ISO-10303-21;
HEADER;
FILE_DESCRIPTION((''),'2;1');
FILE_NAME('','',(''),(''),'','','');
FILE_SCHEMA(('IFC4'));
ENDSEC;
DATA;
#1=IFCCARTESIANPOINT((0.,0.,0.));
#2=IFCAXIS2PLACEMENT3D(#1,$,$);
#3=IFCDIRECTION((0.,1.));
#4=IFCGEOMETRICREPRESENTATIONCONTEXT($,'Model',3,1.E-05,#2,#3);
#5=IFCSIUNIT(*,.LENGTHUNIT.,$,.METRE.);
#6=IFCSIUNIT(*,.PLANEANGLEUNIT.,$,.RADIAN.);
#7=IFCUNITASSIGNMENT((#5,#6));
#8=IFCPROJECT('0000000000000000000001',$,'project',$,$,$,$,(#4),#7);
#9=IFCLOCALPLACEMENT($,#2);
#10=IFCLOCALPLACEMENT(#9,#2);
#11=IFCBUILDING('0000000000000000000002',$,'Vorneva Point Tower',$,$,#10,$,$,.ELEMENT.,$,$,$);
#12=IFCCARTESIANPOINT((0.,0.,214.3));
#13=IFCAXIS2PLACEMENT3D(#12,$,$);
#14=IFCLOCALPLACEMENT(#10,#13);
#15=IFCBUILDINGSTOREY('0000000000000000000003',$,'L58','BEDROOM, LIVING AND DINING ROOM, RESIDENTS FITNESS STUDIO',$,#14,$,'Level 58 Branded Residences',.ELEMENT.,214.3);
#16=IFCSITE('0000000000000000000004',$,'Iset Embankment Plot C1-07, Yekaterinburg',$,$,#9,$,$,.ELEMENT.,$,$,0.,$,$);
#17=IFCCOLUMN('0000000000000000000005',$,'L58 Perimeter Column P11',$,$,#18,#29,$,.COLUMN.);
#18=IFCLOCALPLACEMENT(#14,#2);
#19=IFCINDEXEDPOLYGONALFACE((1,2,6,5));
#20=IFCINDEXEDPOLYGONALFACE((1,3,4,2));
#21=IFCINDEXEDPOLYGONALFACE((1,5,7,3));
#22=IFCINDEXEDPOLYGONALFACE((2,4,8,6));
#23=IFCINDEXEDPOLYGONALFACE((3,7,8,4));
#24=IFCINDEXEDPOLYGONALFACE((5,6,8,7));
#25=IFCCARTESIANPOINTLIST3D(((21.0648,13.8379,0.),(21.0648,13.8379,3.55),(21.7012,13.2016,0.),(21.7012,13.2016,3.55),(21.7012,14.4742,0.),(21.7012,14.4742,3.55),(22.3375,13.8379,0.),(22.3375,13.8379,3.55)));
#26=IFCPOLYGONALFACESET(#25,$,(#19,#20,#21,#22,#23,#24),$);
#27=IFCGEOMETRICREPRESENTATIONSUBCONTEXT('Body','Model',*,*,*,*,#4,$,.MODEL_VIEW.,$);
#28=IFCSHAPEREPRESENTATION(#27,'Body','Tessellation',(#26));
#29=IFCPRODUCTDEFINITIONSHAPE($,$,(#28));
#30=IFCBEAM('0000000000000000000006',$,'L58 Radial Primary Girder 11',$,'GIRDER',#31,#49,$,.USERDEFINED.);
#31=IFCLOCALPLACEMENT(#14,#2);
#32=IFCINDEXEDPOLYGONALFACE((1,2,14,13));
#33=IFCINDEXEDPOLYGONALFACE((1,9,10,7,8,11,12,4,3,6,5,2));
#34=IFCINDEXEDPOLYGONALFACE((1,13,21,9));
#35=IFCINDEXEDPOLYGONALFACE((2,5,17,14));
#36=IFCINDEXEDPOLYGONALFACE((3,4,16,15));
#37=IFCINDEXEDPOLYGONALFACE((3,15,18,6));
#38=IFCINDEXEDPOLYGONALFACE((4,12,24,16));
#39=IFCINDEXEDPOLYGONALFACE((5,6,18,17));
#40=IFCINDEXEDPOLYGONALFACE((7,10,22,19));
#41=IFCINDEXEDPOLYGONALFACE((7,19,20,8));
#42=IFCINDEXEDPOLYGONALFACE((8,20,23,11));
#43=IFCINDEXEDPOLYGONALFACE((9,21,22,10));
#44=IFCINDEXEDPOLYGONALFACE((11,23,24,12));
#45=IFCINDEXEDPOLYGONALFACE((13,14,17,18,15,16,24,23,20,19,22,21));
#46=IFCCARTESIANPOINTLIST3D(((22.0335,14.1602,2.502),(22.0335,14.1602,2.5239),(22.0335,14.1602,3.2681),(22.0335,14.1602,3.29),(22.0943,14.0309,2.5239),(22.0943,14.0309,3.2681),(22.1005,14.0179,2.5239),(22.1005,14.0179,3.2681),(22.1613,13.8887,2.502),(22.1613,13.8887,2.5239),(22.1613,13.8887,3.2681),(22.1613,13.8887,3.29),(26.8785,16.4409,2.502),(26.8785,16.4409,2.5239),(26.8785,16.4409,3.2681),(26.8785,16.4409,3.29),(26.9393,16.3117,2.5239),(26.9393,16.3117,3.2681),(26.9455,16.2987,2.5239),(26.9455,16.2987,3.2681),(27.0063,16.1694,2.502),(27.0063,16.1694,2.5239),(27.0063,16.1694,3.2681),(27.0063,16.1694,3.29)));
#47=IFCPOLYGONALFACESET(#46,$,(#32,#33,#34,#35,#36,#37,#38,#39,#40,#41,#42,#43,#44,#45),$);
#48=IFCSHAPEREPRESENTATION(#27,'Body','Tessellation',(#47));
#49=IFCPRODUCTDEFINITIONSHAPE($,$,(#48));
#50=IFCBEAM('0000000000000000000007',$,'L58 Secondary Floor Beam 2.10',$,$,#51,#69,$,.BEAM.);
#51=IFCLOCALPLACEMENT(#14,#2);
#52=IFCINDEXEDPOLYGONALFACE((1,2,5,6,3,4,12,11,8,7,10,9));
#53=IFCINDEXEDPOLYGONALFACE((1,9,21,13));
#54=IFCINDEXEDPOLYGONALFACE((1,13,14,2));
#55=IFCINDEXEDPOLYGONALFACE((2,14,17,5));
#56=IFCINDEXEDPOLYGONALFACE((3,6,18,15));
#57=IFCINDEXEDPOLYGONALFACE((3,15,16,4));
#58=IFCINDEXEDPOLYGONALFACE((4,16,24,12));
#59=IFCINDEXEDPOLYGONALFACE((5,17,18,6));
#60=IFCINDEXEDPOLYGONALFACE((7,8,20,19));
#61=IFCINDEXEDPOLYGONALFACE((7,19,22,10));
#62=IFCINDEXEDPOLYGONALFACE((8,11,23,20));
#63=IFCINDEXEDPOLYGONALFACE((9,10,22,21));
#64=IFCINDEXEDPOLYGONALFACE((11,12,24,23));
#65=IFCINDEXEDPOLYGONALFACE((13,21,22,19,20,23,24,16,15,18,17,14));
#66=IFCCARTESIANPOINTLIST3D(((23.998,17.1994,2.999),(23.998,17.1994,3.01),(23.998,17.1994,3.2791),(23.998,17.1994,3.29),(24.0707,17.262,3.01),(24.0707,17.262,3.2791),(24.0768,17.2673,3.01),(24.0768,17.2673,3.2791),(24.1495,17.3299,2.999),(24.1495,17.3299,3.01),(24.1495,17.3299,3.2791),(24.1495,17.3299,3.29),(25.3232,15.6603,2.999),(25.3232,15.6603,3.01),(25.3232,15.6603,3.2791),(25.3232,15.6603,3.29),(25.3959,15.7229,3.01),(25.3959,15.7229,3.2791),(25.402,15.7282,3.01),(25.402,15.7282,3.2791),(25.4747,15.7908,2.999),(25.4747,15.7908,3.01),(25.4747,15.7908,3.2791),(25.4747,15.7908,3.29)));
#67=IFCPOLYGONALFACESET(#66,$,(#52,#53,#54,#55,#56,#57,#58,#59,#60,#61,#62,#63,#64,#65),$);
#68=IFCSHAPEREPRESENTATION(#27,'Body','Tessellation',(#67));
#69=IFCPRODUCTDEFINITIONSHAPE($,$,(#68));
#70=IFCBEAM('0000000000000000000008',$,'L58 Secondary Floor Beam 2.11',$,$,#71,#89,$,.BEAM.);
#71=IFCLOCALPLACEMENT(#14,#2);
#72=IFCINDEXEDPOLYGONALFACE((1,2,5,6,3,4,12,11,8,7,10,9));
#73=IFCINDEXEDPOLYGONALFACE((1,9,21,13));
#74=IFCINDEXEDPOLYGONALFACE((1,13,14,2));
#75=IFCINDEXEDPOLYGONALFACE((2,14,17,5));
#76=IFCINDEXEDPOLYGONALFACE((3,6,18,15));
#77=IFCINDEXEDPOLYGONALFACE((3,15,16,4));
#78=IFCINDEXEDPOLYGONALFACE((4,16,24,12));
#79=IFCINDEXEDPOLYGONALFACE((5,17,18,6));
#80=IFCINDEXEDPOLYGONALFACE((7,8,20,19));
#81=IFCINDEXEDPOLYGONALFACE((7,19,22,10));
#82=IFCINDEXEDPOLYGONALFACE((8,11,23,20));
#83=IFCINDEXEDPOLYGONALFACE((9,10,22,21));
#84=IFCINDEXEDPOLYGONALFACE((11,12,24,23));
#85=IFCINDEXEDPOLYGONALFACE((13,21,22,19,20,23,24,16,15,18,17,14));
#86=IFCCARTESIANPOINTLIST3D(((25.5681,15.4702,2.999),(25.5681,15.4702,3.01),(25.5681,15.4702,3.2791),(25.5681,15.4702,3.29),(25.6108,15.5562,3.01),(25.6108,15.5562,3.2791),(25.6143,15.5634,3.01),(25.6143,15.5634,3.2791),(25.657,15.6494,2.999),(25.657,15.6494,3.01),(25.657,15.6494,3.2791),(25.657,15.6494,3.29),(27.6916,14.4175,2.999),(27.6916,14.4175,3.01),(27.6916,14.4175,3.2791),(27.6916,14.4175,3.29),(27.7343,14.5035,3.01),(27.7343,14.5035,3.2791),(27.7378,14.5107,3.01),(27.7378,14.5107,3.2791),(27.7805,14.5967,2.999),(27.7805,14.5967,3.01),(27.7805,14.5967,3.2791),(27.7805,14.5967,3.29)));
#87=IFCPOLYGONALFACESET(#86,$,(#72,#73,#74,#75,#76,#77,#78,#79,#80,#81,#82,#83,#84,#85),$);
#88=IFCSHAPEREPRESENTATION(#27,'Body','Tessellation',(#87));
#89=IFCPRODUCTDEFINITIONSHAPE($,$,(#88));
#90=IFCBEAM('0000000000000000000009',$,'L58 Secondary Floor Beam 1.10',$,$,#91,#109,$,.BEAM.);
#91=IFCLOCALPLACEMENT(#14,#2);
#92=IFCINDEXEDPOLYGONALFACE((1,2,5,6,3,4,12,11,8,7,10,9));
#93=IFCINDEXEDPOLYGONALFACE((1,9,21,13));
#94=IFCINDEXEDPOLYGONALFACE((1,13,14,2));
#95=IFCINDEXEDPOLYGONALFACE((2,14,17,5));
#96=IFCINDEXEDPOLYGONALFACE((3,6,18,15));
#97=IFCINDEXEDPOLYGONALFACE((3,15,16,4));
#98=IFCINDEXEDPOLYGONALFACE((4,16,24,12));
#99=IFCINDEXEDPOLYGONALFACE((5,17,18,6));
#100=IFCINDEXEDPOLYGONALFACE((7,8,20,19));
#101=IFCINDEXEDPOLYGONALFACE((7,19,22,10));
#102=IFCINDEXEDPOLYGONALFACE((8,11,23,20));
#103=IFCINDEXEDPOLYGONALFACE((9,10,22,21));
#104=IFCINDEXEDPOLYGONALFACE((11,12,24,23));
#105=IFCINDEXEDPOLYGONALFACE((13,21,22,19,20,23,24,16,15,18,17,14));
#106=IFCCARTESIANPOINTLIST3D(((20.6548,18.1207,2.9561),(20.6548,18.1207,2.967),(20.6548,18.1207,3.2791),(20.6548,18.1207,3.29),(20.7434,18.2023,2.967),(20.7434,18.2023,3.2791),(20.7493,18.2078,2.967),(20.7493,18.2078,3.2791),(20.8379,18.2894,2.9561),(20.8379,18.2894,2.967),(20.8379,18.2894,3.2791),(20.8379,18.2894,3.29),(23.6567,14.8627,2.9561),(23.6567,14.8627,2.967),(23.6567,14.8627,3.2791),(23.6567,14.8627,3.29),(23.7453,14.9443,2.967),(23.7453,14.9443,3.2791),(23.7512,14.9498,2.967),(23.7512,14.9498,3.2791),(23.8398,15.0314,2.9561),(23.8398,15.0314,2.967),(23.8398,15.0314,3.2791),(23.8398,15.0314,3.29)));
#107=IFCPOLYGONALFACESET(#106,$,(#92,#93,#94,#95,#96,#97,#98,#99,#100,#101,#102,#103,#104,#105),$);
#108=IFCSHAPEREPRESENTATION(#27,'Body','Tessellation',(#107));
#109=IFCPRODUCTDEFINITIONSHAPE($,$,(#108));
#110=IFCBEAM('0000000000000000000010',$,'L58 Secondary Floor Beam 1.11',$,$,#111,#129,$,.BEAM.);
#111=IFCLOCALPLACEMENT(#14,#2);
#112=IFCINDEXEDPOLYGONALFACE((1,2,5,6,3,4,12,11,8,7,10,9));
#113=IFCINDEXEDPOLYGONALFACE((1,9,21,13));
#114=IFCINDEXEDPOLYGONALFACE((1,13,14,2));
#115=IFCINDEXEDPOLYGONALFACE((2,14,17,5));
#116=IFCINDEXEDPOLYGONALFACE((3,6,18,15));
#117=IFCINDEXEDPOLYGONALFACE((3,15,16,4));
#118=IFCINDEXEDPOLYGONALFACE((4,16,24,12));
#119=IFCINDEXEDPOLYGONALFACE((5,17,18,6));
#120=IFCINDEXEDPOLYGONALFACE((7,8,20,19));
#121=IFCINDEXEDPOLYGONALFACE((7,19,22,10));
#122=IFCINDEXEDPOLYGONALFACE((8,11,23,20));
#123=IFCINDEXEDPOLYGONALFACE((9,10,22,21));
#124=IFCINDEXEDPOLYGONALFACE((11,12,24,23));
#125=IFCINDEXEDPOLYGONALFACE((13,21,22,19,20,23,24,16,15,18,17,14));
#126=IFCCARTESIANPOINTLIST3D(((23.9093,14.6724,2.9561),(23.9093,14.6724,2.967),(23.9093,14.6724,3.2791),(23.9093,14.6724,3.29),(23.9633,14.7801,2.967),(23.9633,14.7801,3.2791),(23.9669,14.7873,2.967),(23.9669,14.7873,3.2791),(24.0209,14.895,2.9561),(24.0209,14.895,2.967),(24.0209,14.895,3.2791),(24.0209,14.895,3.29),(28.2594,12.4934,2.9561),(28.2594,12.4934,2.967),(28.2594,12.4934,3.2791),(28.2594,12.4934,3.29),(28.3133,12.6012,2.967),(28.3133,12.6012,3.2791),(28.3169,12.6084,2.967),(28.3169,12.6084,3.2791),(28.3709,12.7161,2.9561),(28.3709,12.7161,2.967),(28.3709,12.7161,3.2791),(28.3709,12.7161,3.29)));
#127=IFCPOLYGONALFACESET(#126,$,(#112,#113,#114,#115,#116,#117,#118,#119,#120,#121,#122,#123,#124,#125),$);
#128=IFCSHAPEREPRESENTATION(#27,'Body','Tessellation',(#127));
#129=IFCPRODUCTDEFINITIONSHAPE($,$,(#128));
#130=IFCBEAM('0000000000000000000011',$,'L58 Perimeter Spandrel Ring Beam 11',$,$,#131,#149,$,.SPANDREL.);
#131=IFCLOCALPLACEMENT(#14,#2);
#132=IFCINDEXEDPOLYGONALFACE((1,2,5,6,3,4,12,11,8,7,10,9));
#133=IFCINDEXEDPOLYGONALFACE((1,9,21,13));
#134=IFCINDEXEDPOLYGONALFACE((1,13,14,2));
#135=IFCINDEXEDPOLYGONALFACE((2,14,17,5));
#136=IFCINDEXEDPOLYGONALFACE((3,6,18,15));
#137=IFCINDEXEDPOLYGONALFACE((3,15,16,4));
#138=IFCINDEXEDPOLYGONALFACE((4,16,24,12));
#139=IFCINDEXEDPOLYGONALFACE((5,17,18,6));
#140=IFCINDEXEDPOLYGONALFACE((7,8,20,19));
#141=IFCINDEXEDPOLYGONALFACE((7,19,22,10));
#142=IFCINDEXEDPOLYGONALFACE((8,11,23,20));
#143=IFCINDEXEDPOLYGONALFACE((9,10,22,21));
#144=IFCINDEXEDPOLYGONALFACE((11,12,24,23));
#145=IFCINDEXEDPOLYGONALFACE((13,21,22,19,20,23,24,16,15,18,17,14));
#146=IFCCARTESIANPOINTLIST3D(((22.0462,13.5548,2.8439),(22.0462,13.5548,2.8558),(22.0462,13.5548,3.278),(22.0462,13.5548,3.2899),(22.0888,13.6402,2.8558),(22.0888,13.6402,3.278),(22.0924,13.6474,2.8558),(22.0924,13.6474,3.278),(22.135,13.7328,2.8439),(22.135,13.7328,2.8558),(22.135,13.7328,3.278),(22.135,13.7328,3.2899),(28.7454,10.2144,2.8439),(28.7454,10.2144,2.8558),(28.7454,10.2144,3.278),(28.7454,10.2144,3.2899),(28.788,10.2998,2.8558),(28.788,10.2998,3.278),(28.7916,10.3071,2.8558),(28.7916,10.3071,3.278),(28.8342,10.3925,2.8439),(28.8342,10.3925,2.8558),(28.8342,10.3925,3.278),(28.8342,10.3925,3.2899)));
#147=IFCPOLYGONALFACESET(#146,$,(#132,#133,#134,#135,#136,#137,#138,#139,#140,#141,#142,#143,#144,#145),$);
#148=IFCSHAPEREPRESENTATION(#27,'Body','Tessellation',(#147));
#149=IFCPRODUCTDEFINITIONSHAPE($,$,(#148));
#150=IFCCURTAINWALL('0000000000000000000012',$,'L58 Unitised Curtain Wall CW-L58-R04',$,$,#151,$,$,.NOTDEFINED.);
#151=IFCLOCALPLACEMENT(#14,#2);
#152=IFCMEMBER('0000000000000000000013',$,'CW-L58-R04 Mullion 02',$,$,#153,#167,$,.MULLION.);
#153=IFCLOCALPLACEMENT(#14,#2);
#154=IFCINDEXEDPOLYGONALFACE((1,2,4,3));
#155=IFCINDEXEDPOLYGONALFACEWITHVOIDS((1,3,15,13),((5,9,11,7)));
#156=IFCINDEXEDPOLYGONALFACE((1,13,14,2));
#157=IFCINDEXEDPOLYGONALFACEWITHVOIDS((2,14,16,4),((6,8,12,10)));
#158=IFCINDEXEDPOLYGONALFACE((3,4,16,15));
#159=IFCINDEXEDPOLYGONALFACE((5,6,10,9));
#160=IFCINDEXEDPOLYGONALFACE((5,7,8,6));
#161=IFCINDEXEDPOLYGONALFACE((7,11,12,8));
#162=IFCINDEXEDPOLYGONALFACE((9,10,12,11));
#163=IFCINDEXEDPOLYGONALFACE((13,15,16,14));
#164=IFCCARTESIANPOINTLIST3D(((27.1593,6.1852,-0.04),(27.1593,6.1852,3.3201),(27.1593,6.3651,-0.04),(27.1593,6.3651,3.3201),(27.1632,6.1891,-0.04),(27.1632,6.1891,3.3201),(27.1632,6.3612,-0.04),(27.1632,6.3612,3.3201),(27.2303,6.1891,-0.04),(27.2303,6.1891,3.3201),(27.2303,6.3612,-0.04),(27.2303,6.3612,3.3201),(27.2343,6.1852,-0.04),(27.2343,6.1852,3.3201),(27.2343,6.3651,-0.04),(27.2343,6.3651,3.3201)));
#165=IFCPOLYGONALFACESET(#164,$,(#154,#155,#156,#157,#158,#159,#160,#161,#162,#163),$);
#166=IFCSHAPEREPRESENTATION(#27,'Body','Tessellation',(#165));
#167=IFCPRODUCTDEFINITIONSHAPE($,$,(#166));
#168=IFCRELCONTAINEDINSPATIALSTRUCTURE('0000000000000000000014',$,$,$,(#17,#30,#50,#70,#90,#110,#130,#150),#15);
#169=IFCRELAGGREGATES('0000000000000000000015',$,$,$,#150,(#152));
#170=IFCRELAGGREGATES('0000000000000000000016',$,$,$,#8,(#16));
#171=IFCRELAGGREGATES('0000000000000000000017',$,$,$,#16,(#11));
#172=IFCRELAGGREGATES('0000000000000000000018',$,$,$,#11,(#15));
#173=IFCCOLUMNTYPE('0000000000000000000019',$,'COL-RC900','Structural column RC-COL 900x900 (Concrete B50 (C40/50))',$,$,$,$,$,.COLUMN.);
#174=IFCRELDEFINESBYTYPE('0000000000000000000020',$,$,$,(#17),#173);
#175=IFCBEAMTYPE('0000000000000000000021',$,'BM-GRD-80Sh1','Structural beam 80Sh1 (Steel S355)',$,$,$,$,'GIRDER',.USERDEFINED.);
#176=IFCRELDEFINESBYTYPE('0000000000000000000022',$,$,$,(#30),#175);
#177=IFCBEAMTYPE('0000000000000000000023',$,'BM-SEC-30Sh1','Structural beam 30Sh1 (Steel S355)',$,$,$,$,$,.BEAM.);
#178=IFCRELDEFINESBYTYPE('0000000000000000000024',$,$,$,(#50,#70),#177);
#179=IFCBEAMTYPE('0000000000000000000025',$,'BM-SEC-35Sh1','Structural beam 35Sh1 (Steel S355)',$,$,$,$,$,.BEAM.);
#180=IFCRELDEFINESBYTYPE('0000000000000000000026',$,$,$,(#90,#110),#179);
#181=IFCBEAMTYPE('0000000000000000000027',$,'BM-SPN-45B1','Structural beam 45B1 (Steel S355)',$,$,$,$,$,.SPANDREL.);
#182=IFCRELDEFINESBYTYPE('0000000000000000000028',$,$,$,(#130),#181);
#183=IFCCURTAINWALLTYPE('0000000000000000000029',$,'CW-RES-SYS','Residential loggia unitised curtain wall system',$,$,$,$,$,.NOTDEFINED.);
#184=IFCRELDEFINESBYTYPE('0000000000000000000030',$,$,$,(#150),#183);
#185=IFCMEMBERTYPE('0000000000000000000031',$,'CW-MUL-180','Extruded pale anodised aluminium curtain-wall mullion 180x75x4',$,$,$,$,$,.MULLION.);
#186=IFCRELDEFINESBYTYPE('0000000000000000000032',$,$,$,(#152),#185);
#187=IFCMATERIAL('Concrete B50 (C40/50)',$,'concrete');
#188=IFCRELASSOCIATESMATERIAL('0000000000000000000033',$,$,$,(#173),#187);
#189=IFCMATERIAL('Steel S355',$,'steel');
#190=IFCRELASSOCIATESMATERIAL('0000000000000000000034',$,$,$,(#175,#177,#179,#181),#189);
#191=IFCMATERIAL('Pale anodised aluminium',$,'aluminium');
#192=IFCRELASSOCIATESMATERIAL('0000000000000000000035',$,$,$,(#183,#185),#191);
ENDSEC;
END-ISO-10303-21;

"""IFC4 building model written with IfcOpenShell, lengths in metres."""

from ifc_helpers import new_model, si_unit, direction, frame, origin, origin_2d, place, context, subcontext, project, spatial, rectangle, hollow_rectangle, i_section, extrude, material, material_profile, profile_set, type_object, element, aggregate, save


model = new_model("IFC4")

# Units and contexts
model_context = context("Model", 3, precision=1e-05, world=origin(), true_north=direction((0.0, 1.0)))
body_context = subcontext(model_context, "Body", "Model", "MODEL_VIEW")
ifc_project = project(units=[si_unit("LENGTHUNIT", "METRE"), si_unit("PLANEANGLEUNIT", "RADIAN")], contexts=[model_context])

# Site, building, storey
site_placement = place(None, origin())
site = spatial("IfcSite", under=ifc_project, at=site_placement, Name="Iset Embankment Plot C1-07, Yekaterinburg", CompositionType="ELEMENT", RefElevation=0.0)
building_placement = place(site_placement, origin())
building = spatial("IfcBuilding", under=site, at=building_placement, Name="Vorneva Point Tower", CompositionType="ELEMENT")
storey_placement = place(building_placement, frame((0.0, 0.0, 214.3)))
storey = spatial("IfcBuildingStorey", under=building, at=storey_placement, Name="L58", Description="BEDROOM, LIVING AND DINING ROOM, RESIDENTS FITNESS STUDIO", LongName="Level 58 Branded Residences", CompositionType="ELEMENT", Elevation=214.3)

# Column
ifc_material_1 = material(Name="Concrete B50 (C40/50)", Category="concrete")
ifc_material_profile_1 = material_profile(ifc_material_1, rectangle(XDim=0.8999, YDim=0.8999, at=origin_2d()), Name="RC-COL 900x900")
ifc_profile_set_1 = profile_set([ifc_material_profile_1], Name="Concrete B50 (C40/50)")
column_type = type_object("IfcColumnType", Name="COL-RC900", Description="Structural column RC-COL 900x900 (Concrete B50 (C40/50))", PredefinedType="COLUMN", material=ifc_profile_set_1)
column_placement = place(storey_placement, frame((21.7012, 13.8379, 0.0), z_axis=(0.0, 0.0, 1.0), x_axis=(-0.707107, -0.707107, 0.0)))
element("IfcColumn", 1, at=column_placement, inside=storey, type_object=column_type, Name="L58 Perimeter Column P11", PredefinedType="COLUMN", context=body_context, shape_type="SweptSolid", body=[
    extrude(rectangle(XDim=0.8999, YDim=0.8999, at=origin_2d()), origin(), (0.0, 0.0, 1.0), 3.55),
])

# Beams
ifc_material_2 = material(Name="Steel S355", Category="steel")
ifc_material_profile_2 = material_profile(ifc_material_2, i_section(OverallWidth=0.3, OverallDepth=0.7881, WebThickness=0.0144, FlangeThickness=0.022, at=origin_2d()), Name="80Sh1")
ifc_profile_set_2 = profile_set([ifc_material_profile_2], Name="Steel S355")
beam_type_1 = type_object("IfcBeamType", Name="BM-GRD-80Sh1", Description="Structural beam 80Sh1 (Steel S355)", ElementType="GIRDER", PredefinedType="USERDEFINED", material=ifc_profile_set_2)
beam_1_placement = place(storey_placement, frame((22.0974, 14.0244, 2.896), z_axis=(0.904763, 0.425916, 0.0), x_axis=(-0.425916, 0.904763, 0.0)))
element("IfcBeam", 2, at=beam_1_placement, inside=storey, type_object=beam_type_1, Name="L58 Radial Primary Girder 11", ObjectType="GIRDER", PredefinedType="USERDEFINED", context=body_context, shape_type="SweptSolid", body=[
    extrude(i_section(OverallWidth=0.3, OverallDepth=0.7881, WebThickness=0.0144, FlangeThickness=0.022, at=origin_2d()), origin(), (0.0, 0.0, 1.0), 5.355),
])
ifc_material_profile_3 = material_profile(ifc_material_2, i_section(OverallWidth=0.2, OverallDepth=0.291, WebThickness=0.0081, FlangeThickness=0.011, at=origin_2d()), Name="30Sh1")
ifc_profile_set_3 = profile_set([ifc_material_profile_3], Name="Steel S355")
beam_type_2 = type_object("IfcBeamType", Name="BM-SEC-30Sh1", Description="Structural beam 30Sh1 (Steel S355)", PredefinedType="BEAM", material=ifc_profile_set_3)
beam_2_placement = place(storey_placement, frame((24.0737, 17.2646, 3.1445), z_axis=(0.652492, -0.757795, 0.0), x_axis=(0.757795, 0.652492, 0.0)))
element("IfcBeam", 3, at=beam_2_placement, inside=storey, type_object=beam_type_2, Name="L58 Secondary Floor Beam 2.10", PredefinedType="BEAM", context=body_context, shape_type="SweptSolid", body=[
    extrude(i_section(OverallWidth=0.2, OverallDepth=0.291, WebThickness=0.0081, FlangeThickness=0.011, at=origin_2d()), origin(), (0.0, 0.0, 1.0), 2.031),
])
beam_3_placement = place(storey_placement, frame((25.6125, 15.5598, 3.1445), z_axis=(0.895946, -0.444162, 0.0), x_axis=(0.444162, 0.895946, 0.0)))
element("IfcBeam", 4, at=beam_3_placement, inside=storey, type_object=beam_type_2, Name="L58 Secondary Floor Beam 2.11", PredefinedType="BEAM", context=body_context, shape_type="SweptSolid", body=[
    extrude(i_section(OverallWidth=0.2, OverallDepth=0.291, WebThickness=0.0081, FlangeThickness=0.011, at=origin_2d()), origin(), (0.0, 0.0, 1.0), 2.3701),
])
ifc_material_profile_4 = material_profile(ifc_material_2, i_section(OverallWidth=0.249, OverallDepth=0.334, WebThickness=0.0081, FlangeThickness=0.011, at=origin_2d()), Name="35Sh1")
ifc_profile_set_4 = profile_set([ifc_material_profile_4], Name="Steel S355")
beam_type_3 = type_object("IfcBeamType", Name="BM-SEC-35Sh1", Description="Structural beam 35Sh1 (Steel S355)", PredefinedType="BEAM", material=ifc_profile_set_4)
beam_4_placement = place(storey_placement, frame((20.7463, 18.2051, 3.123), z_axis=(0.677611, -0.73542, 0.0), x_axis=(0.73542, 0.677611, 0.0)))
element("IfcBeam", 5, at=beam_4_placement, inside=storey, type_object=beam_type_3, Name="L58 Secondary Floor Beam 1.10", PredefinedType="BEAM", context=body_context, shape_type="SweptSolid", body=[
    extrude(i_section(OverallWidth=0.249, OverallDepth=0.334, WebThickness=0.0081, FlangeThickness=0.011, at=origin_2d()), origin(), (0.0, 0.0, 1.0), 4.4302),
])
beam_5_placement = place(storey_placement, frame((23.9651, 14.7837, 3.123), z_axis=(0.894106, -0.447856, 0.0), x_axis=(0.447856, 0.894106, 0.0)))
element("IfcBeam", 6, at=beam_5_placement, inside=storey, type_object=beam_type_3, Name="L58 Secondary Floor Beam 1.11", PredefinedType="BEAM", context=body_context, shape_type="SweptSolid", body=[
    extrude(i_section(OverallWidth=0.249, OverallDepth=0.334, WebThickness=0.0081, FlangeThickness=0.011, at=origin_2d()), origin(), (0.0, 0.0, 1.0), 4.8652),
])
ifc_material_profile_5 = material_profile(ifc_material_2, i_section(OverallWidth=0.199, OverallDepth=0.446, WebThickness=0.0081, FlangeThickness=0.012, at=origin_2d()), Name="45B1")
ifc_profile_set_5 = profile_set([ifc_material_profile_5], Name="Steel S355")
beam_type_4 = type_object("IfcBeamType", Name="BM-SPN-45B1", Description="Structural beam 45B1 (Steel S355)", PredefinedType="SPANDREL", material=ifc_profile_set_5)
beam_6_placement = place(storey_placement, frame((22.0906, 13.6438, 3.0669), z_axis=(0.894922, -0.446222, 0.0), x_axis=(0.446222, 0.894922, 0.0)))
element("IfcBeam", 7, at=beam_6_placement, inside=storey, type_object=beam_type_4, Name="L58 Perimeter Spandrel Ring Beam 11", PredefinedType="SPANDREL", context=body_context, shape_type="SweptSolid", body=[
    extrude(i_section(OverallWidth=0.199, OverallDepth=0.446, WebThickness=0.0081, FlangeThickness=0.012, at=origin_2d()), origin(), (0.0, 0.0, 1.0), 7.4858),
])

# Curtain wall, member
ifc_material_3 = material(Name="Pale anodised aluminium", Category="aluminium")
curtain_wall_type = type_object("IfcCurtainWallType", Name="CW-RES-SYS", Description="Residential loggia unitised curtain wall system", PredefinedType="NOTDEFINED", material=ifc_material_3)
curtain_wall_placement = place(storey_placement, origin())
curtain_wall = element("IfcCurtainWall", 8, at=curtain_wall_placement, inside=storey, type_object=curtain_wall_type, Name="L58 Unitised Curtain Wall CW-L58-R04", PredefinedType="NOTDEFINED")
ifc_material_profile_6 = material_profile(ifc_material_3, hollow_rectangle(XDim=0.075, YDim=0.1799, WallThickness=0.0039, at=origin_2d()), Name="AL-MUL 180x75x4")
ifc_profile_set_6 = profile_set([ifc_material_profile_6], Name="Pale anodised aluminium")
member_type_1 = type_object("IfcMemberType", Name="CW-MUL-180", Description="Extruded pale anodised aluminium curtain-wall mullion 180x75x4", PredefinedType="MULLION", material=ifc_profile_set_6)
member_1_placement = place(storey_placement, frame((27.1968, 6.2751, -0.04), z_axis=(0.0, 0.0, 1.0), x_axis=(1.0, 0.0, 0.0)))
member_1 = element("IfcMember", 9, at=member_1_placement, type_object=member_type_1, Name="CW-L58-R04 Mullion 02", PredefinedType="MULLION", context=body_context, shape_type="SweptSolid", body=[
    extrude(hollow_rectangle(XDim=0.075, YDim=0.1799, WallThickness=0.0039, at=origin_2d()), origin(), (0.0, 0.0, 1.0), 3.3601),
])
aggregate(curtain_wall, [member_1])

save(model, "model.ifc")
